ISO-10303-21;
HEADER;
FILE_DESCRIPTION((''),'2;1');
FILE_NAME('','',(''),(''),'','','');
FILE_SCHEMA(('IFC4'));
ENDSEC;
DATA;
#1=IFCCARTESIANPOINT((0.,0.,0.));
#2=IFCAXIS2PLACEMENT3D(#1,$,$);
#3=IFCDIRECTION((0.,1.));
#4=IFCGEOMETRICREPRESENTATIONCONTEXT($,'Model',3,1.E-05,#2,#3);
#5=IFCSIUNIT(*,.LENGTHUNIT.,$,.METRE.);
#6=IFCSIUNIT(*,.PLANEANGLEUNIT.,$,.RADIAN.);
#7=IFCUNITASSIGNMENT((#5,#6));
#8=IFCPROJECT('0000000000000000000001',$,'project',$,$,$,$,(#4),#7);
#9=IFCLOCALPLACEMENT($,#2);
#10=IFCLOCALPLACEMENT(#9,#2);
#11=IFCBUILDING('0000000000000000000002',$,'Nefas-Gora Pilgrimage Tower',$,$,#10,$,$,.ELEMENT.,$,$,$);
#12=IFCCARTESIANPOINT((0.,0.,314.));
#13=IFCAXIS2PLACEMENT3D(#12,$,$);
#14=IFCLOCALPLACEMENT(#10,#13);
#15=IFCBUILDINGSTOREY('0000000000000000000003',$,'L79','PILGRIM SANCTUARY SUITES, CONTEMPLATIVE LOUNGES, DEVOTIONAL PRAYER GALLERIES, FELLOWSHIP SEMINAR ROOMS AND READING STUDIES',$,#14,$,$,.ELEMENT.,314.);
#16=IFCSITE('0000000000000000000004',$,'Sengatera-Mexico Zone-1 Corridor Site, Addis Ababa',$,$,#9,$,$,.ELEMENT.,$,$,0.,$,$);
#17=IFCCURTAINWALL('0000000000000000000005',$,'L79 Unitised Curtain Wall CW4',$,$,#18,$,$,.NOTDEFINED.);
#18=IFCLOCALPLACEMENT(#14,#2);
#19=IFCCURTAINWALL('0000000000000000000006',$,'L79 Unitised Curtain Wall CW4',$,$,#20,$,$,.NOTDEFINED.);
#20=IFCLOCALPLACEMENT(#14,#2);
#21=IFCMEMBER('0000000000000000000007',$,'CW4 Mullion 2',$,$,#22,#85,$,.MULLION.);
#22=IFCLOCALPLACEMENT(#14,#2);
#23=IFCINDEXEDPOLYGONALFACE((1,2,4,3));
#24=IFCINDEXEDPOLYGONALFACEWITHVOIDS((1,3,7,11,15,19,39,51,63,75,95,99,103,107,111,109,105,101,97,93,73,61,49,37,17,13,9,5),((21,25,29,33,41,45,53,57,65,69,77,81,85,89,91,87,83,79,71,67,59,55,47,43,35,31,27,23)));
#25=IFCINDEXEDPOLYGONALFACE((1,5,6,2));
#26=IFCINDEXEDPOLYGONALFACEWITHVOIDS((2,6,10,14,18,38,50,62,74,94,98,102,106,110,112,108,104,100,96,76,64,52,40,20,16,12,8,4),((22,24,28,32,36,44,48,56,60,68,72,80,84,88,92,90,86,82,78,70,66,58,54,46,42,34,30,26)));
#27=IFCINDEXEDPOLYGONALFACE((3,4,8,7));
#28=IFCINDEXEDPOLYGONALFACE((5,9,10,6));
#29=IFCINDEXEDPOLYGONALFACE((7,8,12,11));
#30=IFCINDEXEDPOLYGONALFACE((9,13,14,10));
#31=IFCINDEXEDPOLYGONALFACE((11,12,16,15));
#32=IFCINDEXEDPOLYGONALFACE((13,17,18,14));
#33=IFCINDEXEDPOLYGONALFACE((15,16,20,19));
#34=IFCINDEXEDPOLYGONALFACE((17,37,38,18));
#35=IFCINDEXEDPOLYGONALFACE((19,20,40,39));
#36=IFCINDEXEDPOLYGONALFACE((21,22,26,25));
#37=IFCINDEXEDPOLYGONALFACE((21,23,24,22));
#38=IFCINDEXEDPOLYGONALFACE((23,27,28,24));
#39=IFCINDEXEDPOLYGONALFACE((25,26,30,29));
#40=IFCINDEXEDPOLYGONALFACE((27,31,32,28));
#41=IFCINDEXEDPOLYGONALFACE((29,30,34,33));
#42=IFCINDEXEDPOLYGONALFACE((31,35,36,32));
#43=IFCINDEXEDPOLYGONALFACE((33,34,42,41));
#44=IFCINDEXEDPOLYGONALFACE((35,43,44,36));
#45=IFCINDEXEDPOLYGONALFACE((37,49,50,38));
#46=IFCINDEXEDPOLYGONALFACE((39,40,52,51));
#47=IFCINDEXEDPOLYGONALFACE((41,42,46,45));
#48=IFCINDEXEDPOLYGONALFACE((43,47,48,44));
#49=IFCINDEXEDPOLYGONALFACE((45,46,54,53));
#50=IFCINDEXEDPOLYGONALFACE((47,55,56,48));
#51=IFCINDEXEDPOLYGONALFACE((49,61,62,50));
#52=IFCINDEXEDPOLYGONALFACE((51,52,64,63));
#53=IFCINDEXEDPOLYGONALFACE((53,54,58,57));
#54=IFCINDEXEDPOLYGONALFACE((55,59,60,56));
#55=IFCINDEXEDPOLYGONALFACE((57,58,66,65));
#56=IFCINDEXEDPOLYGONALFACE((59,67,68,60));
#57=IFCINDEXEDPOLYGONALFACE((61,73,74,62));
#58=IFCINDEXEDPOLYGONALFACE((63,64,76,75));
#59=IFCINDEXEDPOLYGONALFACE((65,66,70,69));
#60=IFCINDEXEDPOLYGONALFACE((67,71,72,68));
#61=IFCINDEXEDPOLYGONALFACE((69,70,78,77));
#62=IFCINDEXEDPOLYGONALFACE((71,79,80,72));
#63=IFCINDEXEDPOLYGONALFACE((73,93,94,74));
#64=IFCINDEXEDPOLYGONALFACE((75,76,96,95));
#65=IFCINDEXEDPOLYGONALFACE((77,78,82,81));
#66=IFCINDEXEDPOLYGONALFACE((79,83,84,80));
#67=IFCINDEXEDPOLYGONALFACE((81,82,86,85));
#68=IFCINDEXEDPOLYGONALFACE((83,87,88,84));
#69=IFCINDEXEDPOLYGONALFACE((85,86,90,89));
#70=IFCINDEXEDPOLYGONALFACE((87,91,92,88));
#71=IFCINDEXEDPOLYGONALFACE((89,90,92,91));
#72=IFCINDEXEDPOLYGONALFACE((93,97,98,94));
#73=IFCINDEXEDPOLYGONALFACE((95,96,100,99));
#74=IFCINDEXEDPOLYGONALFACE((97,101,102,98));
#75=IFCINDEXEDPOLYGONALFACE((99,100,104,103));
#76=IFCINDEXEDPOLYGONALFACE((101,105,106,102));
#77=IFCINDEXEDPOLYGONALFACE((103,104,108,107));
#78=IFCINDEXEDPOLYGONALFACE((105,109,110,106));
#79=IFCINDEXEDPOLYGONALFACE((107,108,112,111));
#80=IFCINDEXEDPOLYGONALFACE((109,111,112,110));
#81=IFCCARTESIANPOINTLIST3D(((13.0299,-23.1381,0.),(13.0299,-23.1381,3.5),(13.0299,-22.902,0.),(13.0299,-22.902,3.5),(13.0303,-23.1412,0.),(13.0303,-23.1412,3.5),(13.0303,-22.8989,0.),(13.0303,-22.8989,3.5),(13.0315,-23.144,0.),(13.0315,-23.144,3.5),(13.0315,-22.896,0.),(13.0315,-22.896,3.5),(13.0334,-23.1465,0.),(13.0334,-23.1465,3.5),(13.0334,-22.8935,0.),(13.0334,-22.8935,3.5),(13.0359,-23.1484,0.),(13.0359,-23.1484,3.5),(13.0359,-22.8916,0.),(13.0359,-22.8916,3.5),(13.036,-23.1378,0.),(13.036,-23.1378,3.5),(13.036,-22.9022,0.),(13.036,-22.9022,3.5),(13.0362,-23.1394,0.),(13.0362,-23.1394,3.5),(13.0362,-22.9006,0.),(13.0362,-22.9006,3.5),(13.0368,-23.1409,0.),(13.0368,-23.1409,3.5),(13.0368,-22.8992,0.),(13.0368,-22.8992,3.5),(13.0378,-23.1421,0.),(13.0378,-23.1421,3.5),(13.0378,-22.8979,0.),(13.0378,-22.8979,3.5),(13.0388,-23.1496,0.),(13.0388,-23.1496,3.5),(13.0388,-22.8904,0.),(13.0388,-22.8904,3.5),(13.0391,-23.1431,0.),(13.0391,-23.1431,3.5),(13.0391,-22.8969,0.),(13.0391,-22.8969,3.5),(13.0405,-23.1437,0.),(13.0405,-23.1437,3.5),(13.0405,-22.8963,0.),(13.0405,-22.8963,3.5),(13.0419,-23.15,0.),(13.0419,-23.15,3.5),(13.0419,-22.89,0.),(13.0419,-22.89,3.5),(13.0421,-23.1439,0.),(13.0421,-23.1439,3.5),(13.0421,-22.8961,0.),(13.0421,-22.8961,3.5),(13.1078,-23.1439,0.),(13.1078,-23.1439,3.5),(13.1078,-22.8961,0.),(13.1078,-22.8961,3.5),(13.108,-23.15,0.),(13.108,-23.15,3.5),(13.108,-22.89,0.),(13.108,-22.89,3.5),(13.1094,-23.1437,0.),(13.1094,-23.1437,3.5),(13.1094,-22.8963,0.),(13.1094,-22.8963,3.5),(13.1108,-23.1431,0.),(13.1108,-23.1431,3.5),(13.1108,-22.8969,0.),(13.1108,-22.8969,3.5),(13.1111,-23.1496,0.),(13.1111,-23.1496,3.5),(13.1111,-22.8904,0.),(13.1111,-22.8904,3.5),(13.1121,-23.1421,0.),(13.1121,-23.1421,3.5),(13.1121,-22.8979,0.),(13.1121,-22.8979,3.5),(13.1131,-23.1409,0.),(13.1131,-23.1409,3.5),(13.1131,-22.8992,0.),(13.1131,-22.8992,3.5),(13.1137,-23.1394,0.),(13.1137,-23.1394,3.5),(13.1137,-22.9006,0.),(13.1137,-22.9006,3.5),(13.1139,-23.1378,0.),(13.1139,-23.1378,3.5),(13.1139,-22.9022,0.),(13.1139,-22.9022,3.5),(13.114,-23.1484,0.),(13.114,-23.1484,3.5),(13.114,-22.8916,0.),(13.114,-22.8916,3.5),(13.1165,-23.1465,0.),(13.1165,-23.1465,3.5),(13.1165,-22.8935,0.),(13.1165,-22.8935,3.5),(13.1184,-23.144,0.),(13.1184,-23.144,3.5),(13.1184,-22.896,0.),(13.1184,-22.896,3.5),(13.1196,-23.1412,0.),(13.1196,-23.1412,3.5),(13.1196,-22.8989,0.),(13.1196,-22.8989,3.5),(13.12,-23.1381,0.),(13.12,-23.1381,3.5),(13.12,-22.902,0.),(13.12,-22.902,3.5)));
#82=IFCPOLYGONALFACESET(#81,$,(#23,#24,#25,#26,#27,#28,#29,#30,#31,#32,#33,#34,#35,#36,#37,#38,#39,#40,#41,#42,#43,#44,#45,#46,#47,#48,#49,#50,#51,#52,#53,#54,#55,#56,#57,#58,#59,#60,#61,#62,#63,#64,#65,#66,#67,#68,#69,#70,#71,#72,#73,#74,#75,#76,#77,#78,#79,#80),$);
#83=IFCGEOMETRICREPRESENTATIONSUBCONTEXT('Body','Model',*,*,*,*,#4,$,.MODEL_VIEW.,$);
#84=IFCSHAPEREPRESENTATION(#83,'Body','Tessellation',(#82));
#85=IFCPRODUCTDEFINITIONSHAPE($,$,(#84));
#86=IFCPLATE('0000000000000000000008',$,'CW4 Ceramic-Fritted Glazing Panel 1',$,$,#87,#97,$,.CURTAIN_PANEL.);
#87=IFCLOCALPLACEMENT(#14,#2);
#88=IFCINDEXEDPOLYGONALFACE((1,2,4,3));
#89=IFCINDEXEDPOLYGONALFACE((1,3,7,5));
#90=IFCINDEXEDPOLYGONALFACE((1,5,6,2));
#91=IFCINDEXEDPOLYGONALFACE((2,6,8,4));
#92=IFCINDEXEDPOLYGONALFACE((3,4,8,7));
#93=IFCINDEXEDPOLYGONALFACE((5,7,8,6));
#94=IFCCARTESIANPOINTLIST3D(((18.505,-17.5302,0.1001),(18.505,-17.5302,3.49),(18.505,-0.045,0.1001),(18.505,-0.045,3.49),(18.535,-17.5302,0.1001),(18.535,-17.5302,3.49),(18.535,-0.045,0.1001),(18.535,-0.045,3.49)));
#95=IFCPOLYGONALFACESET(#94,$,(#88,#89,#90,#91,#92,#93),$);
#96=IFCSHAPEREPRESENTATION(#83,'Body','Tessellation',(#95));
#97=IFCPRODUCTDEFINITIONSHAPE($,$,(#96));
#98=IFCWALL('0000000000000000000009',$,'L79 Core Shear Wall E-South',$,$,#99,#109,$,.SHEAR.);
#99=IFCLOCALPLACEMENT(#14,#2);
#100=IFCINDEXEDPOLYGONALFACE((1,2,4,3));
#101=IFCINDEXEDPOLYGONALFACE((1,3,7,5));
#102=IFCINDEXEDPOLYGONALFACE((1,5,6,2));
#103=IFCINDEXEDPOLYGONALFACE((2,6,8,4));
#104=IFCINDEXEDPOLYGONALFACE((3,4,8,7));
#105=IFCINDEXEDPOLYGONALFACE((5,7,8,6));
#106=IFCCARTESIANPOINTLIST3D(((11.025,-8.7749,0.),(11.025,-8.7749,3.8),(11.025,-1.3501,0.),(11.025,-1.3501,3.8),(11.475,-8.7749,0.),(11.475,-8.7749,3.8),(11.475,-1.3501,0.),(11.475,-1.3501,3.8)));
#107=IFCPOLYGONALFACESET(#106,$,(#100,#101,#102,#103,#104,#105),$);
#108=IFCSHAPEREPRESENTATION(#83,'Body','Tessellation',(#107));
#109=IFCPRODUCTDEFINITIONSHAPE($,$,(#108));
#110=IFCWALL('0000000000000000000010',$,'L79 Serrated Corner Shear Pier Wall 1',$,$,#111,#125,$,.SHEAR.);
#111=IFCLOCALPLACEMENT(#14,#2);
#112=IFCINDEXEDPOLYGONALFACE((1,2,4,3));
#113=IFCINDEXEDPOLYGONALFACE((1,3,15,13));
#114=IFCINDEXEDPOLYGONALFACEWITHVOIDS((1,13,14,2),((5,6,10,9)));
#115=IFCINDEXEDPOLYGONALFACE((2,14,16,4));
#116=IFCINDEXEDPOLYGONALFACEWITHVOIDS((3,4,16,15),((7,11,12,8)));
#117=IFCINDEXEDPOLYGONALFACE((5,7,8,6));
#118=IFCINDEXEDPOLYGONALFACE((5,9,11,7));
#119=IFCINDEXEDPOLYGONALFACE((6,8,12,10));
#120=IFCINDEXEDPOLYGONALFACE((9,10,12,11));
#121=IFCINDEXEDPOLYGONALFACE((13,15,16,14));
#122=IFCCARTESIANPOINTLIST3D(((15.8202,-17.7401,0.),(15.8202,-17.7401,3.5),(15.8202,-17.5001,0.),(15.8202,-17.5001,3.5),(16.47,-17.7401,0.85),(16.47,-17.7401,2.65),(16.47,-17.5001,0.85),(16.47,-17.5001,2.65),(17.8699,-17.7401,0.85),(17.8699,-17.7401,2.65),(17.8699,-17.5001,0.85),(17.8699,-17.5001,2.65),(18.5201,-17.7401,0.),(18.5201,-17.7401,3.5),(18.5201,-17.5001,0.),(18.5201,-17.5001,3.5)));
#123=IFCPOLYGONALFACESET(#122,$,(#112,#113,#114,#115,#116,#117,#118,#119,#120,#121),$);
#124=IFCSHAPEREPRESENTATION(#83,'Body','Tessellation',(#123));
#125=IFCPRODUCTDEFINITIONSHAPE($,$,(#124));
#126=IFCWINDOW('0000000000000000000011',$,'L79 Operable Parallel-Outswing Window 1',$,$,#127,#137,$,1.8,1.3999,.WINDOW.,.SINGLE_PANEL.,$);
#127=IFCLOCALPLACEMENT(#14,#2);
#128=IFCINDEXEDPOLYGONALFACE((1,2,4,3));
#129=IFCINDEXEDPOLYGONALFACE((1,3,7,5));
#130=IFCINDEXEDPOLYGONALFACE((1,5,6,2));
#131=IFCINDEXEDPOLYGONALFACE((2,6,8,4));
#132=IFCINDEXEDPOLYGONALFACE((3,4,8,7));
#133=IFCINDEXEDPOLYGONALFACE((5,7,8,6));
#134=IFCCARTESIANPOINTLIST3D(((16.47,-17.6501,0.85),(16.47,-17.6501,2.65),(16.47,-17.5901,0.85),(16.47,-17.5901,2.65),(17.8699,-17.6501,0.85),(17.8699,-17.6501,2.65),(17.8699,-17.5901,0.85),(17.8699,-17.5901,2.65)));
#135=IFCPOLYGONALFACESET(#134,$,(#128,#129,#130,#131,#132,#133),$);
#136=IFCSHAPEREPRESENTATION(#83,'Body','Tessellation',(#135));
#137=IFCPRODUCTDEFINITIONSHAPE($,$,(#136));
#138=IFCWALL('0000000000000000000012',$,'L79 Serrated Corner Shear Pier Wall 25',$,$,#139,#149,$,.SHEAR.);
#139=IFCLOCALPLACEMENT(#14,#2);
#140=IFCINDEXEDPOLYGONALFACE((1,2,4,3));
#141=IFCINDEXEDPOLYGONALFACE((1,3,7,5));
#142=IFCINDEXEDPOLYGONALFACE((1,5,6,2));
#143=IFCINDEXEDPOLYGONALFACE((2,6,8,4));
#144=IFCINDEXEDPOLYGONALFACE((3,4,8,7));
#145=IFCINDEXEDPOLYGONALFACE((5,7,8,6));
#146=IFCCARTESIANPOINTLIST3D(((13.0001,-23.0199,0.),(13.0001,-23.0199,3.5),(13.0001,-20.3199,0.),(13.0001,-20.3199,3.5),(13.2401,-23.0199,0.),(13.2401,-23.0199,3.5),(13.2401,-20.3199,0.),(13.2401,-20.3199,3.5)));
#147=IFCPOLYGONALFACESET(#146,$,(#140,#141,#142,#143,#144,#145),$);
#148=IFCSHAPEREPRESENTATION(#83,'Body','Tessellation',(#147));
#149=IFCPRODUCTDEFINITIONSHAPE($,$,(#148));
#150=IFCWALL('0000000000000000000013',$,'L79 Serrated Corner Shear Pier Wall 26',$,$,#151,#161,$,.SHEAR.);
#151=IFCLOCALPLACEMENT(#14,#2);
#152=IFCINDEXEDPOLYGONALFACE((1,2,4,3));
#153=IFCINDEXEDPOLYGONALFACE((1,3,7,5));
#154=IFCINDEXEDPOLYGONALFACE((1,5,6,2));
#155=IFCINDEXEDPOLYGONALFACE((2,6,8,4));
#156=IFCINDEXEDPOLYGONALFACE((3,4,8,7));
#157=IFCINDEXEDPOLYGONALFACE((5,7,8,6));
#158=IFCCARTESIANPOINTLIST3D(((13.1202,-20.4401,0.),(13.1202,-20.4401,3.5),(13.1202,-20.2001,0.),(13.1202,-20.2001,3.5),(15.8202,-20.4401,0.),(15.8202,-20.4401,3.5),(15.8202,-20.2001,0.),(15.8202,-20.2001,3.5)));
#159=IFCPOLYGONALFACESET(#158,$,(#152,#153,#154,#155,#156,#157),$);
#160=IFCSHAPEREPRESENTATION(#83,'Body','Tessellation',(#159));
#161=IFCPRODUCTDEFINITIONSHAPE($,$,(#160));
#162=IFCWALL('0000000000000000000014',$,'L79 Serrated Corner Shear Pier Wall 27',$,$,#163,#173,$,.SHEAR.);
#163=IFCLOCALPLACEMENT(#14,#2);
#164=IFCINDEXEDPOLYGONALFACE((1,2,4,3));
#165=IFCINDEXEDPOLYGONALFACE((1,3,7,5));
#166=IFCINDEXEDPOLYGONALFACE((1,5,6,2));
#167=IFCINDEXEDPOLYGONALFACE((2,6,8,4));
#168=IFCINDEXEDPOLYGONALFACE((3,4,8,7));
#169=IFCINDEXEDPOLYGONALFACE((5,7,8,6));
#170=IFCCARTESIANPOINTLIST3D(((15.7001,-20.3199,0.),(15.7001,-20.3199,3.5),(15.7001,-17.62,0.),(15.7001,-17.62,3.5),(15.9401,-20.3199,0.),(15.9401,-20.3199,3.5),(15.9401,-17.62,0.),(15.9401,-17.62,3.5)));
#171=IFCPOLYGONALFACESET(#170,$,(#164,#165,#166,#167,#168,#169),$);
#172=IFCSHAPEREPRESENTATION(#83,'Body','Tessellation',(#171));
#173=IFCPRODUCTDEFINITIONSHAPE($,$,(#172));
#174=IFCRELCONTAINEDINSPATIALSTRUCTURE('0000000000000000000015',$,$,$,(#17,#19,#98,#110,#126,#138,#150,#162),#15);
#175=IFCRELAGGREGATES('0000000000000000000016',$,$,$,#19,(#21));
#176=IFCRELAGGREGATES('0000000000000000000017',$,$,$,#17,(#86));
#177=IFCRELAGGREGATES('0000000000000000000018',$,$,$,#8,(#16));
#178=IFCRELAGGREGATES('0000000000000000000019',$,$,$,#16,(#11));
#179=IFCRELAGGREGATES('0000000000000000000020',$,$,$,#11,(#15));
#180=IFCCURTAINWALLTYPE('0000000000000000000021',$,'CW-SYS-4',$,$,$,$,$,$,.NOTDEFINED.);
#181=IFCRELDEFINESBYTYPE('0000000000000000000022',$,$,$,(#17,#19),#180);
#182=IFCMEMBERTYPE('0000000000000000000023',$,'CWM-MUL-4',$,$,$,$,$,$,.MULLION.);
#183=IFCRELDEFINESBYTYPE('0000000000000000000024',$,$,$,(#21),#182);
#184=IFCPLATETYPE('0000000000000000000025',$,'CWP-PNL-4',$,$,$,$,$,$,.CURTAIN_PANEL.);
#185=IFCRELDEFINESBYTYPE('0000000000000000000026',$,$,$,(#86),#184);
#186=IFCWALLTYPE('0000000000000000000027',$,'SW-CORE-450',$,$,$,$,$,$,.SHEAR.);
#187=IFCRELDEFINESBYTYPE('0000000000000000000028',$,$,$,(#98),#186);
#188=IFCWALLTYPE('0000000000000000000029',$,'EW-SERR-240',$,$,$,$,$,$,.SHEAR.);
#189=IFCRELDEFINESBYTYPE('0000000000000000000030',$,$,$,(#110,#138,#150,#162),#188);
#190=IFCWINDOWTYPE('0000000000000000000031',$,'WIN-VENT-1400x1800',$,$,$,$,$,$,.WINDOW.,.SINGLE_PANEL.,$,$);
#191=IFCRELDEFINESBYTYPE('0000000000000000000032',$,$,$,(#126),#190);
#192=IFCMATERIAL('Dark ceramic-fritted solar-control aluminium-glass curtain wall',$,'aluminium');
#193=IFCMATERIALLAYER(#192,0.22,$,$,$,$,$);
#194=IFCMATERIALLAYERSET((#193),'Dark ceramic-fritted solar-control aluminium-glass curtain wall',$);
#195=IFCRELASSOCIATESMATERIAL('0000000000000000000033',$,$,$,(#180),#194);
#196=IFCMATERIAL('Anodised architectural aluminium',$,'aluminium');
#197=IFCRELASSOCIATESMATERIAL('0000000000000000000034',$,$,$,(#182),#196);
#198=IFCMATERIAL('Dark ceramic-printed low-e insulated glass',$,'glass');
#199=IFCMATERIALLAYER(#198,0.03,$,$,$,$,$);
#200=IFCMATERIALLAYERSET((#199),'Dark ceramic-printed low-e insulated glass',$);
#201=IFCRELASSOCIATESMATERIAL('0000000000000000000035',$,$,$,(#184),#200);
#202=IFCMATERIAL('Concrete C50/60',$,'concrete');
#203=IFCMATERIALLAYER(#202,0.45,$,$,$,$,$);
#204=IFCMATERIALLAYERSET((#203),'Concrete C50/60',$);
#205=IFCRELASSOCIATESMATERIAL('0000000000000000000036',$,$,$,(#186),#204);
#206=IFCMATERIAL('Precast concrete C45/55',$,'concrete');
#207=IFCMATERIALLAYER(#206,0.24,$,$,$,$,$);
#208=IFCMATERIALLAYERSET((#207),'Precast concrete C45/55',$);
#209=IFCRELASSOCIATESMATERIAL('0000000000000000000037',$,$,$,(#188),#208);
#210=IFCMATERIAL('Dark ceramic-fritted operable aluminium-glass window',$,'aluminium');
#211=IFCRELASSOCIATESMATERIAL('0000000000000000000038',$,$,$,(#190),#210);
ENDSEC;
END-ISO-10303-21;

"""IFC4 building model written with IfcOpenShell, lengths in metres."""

from ifc_helpers import new_model, si_unit, direction, frame, frame_2d, origin, origin_2d, place, context, subcontext, project, spatial, rectangle, hollow_rectangle, extrude, source, transform, mapped, material, layer, layer_set, material_profile, profile_set, type_object, element, fill, aggregate, save


model = new_model("IFC4")

# Units and contexts
model_context = context("Model", 3, precision=1e-05, world=origin(), true_north=direction((0.0, 1.0)))
body_context = subcontext(model_context, "Body", "Model", "MODEL_VIEW")
ifc_project = project(units=[si_unit("LENGTHUNIT", "METRE"), si_unit("PLANEANGLEUNIT", "RADIAN")], contexts=[model_context])

# Site, building, storey
site_placement = place(None, origin())
site = spatial("IfcSite", under=ifc_project, at=site_placement, Name="Sengatera-Mexico Zone-1 Corridor Site, Addis Ababa", CompositionType="ELEMENT", RefElevation=0.0)
building_placement = place(site_placement, origin())
building = spatial("IfcBuilding", under=site, at=building_placement, Name="Nefas-Gora Pilgrimage Tower", CompositionType="ELEMENT")
storey_placement = place(building_placement, frame((0.0, 0.0, 314.0)))
storey = spatial("IfcBuildingStorey", under=building, at=storey_placement, Name="L79", Description="PILGRIM SANCTUARY SUITES, CONTEMPLATIVE LOUNGES, DEVOTIONAL PRAYER GALLERIES, FELLOWSHIP SEMINAR ROOMS AND READING STUDIES", CompositionType="ELEMENT", Elevation=314.0)

# Curtain wall
ifc_material_1 = material(Name="Dark ceramic-fritted solar-control aluminium-glass curtain wall", Category="aluminium")
ifc_layer_1 = layer(ifc_material_1, 0.22)
ifc_layer_set_1 = layer_set([ifc_layer_1], Name="Dark ceramic-fritted solar-control aluminium-glass curtain wall")
curtain_wall_type = type_object("IfcCurtainWallType", Name="CW-SYS-4", PredefinedType="NOTDEFINED", material=ifc_layer_set_1)
curtain_wall_1_placement = place(storey_placement, origin())
curtain_wall_1 = element("IfcCurtainWall", 1, at=curtain_wall_1_placement, inside=storey, type_object=curtain_wall_type, Name="L79 Unitised Curtain Wall CW4", PredefinedType="NOTDEFINED")
ifc_material_2 = material(Name="Anodised architectural aluminium", Category="aluminium")
ifc_material_profile_1 = material_profile(ifc_material_2, hollow_rectangle(XDim=0.0901, YDim=0.26, WallThickness=0.0061, InnerFilletRadius=0.0061, OuterFilletRadius=0.012, at=origin_2d()), Name="ALU MULLION 90x260")
ifc_profile_set_1 = profile_set([ifc_material_profile_1], Name="Anodised architectural aluminium")
member_type_1 = type_object("IfcMemberType", Name="CWM-MUL-4", PredefinedType="MULLION", material=ifc_profile_set_1)
shared_shape_1 = source(origin(), body_context, "Body", "SweptSolid", [
    extrude(hollow_rectangle(XDim=0.0901, YDim=0.26, WallThickness=0.0061, InnerFilletRadius=0.0061, OuterFilletRadius=0.012, at=origin_2d()), origin(), (0.0, 0.0, 1.0), 3.5),
])

# Curtain wall, member
curtain_wall_2_placement = place(storey_placement, origin())
curtain_wall_2 = element("IfcCurtainWall", 2, at=curtain_wall_2_placement, inside=storey, type_object=curtain_wall_type, Name="L79 Unitised Curtain Wall CW4", PredefinedType="NOTDEFINED")
member_1_placement = place(storey_placement, frame((13.075, -23.02, 0.0), z_axis=(0.0, 0.0, 1.0), x_axis=(1.0, 0.0, 0.0)))
member_1 = element("IfcMember", 3, at=member_1_placement, type_object=member_type_1, Name="CW4 Mullion 2", PredefinedType="MULLION", context=body_context, shape_type="MappedRepresentation", body=[
    mapped(shared_shape_1, transform((0.0, 0.0, 0.0), x_axis=(1.0, 0.0, 0.0), y_axis=(0.0, 1.0, 0.0), z_axis=(0.0, 0.0, 1.0), scale=1.0)),
])
aggregate(curtain_wall_2, [member_1])

# Plate
ifc_material_3 = material(Name="Dark ceramic-printed low-e insulated glass", Category="glass")
ifc_layer_2 = layer(ifc_material_3, 0.03)
ifc_layer_set_2 = layer_set([ifc_layer_2], Name="Dark ceramic-printed low-e insulated glass")
plate_type = type_object("IfcPlateType", Name="CWP-PNL-4", PredefinedType="CURTAIN_PANEL", material=ifc_layer_set_2)
shared_shape_2 = source(origin(), body_context, "Body", "SweptSolid", [
    extrude(rectangle(XDim=17.4851, YDim=0.03, at=origin_2d()), origin(), (0.0, 0.0, 1.0), 3.3899),
])
plate_placement = place(storey_placement, frame((18.52, -8.7876, 0.1001), z_axis=(0.0, 0.0, 1.0), x_axis=(0.0, 1.0, 0.0)))
plate = element("IfcPlate", 4, at=plate_placement, type_object=plate_type, Name="CW4 Ceramic-Fritted Glazing Panel 1", PredefinedType="CURTAIN_PANEL", context=body_context, shape_type="MappedRepresentation", body=[
    mapped(shared_shape_2, transform((0.0, 0.0, 0.0), x_axis=(1.0, 0.0, 0.0), y_axis=(0.0, 1.0, 0.0), z_axis=(0.0, 0.0, 1.0), scale=1.0)),
])
aggregate(curtain_wall_1, [plate])

# Wall
ifc_material_4 = material(Name="Concrete C50/60", Category="concrete")
ifc_layer_3 = layer(ifc_material_4, 0.45)
ifc_layer_set_3 = layer_set([ifc_layer_3], Name="Concrete C50/60")
wall_type_1 = type_object("IfcWallType", Name="SW-CORE-450", PredefinedType="SHEAR", material=ifc_layer_set_3)
shared_shape_3 = source(origin(), body_context, "Body", "SweptSolid", [
    extrude(rectangle(XDim=7.4248, YDim=0.45, at=frame_2d((3.7124, 0.0))), origin(), (0.0, 0.0, 1.0), 3.8),
])
wall_1_placement = place(storey_placement, frame((11.25, -8.7749, 0.0), z_axis=(0.0, 0.0, 1.0), x_axis=(0.0, 1.0, 0.0)))
element("IfcWall", 5, at=wall_1_placement, inside=storey, type_object=wall_type_1, Name="L79 Core Shear Wall E-South", PredefinedType="SHEAR", context=body_context, shape_type="MappedRepresentation", body=[
    mapped(shared_shape_3, transform((0.0, 0.0, 0.0), x_axis=(1.0, 0.0, 0.0), y_axis=(0.0, 1.0, 0.0), z_axis=(0.0, 0.0, 1.0), scale=1.0)),
])

# Wall, opening, window
ifc_material_5 = material(Name="Precast concrete C45/55", Category="concrete")
ifc_layer_4 = layer(ifc_material_5, 0.24)
ifc_layer_set_4 = layer_set([ifc_layer_4], Name="Precast concrete C45/55")
wall_type_2 = type_object("IfcWallType", Name="EW-SERR-240", PredefinedType="SHEAR", material=ifc_layer_set_4)
shared_shape_4 = source(origin(), body_context, "Body", "SweptSolid", [
    extrude(rectangle(XDim=2.7, YDim=0.24, at=frame_2d((1.3501, 0.0))), origin(), (0.0, 0.0, 1.0), 3.5),
])
wall_2_placement = place(storey_placement, frame((15.8201, -17.6201, 0.0), z_axis=(0.0, 0.0, 1.0), x_axis=(1.0, 0.0, 0.0)))
wall_2 = element("IfcWall", 6, at=wall_2_placement, inside=storey, type_object=wall_type_2, Name="L79 Serrated Corner Shear Pier Wall 1", PredefinedType="SHEAR", context=body_context, shape_type="MappedRepresentation", body=[
    mapped(shared_shape_4, transform((0.0, 0.0, 0.0), x_axis=(1.0, 0.0, 0.0), y_axis=(0.0, 1.0, 0.0), z_axis=(0.0, 0.0, 1.0), scale=1.0)),
])
opening_1_placement = place(wall_2_placement, frame((0.6499, 0.0, 0.8501)))
opening_1 = element("IfcOpeningElement", 7, at=opening_1_placement, cuts=wall_2, PredefinedType="OPENING", context=body_context, shape_type="SweptSolid", body=[
    extrude(rectangle(XDim=1.3999, YDim=1.8, at=frame_2d((0.7, 0.8999))), frame((0.0, 0.1299, 0.0), z_axis=(0.0, -1.0, 0.0), x_axis=(1.0, 0.0, 0.0)), (0.0, 0.0, 1.0), 0.26),
])
ifc_material_6 = material(Name="Dark ceramic-fritted operable aluminium-glass window", Category="aluminium")
window_type = type_object("IfcWindowType", Name="WIN-VENT-1400x1800", PartitioningType="SINGLE_PANEL", PredefinedType="WINDOW", material=ifc_material_6)
shared_shape_5 = source(origin(), body_context, "Body", "SweptSolid", [
    extrude(rectangle(XDim=1.3999, YDim=1.8, at=frame_2d((0.7, 0.8999))), frame((0.0, 0.03, 0.0), z_axis=(0.0, -1.0, 0.0), x_axis=(1.0, 0.0, 0.0)), (0.0, 0.0, 1.0), 0.0601),
])
window_placement = place(opening_1_placement, origin())
window = element("IfcWindow", 8, at=window_placement, inside=storey, type_object=window_type, Name="L79 Operable Parallel-Outswing Window 1", OverallHeight=1.8, OverallWidth=1.3999, PartitioningType="SINGLE_PANEL", PredefinedType="WINDOW", context=body_context, shape_type="MappedRepresentation", body=[
    mapped(shared_shape_5, transform((0.0, 0.0, 0.0), x_axis=(1.0, 0.0, 0.0), y_axis=(0.0, 1.0, 0.0), z_axis=(0.0, 0.0, 1.0), scale=1.0)),
])
fill(opening_1, window)

# Walls
for number, where, z_axis, x_axis, name in (
    (9, (13.1201, -23.02, 0.0), (0.0, 0.0, 1.0), (0.0, 1.0, 0.0), "L79 Serrated Corner Shear Pier Wall 25"),
    (10, (13.1201, -20.3201, 0.0), (0.0, 0.0, 1.0), (1.0, 0.0, 0.0), "L79 Serrated Corner Shear Pier Wall 26"),
    (11, (15.8201, -20.3201, 0.0), (0.0, 0.0, 1.0), (0.0, 1.0, 0.0), "L79 Serrated Corner Shear Pier Wall 27"),
):
    element("IfcWall", number, at=place(storey_placement, frame(where, z_axis=z_axis, x_axis=x_axis)), inside=storey, type_object=wall_type_2, Name=name, PredefinedType="SHEAR", context=body_context, shape_type="MappedRepresentation", body=[
        mapped(shared_shape_4, transform((0.0, 0.0, 0.0), x_axis=(1.0, 0.0, 0.0), y_axis=(0.0, 1.0, 0.0), z_axis=(0.0, 0.0, 1.0), scale=1.0)),
    ])

save(model, "model.ifc")
